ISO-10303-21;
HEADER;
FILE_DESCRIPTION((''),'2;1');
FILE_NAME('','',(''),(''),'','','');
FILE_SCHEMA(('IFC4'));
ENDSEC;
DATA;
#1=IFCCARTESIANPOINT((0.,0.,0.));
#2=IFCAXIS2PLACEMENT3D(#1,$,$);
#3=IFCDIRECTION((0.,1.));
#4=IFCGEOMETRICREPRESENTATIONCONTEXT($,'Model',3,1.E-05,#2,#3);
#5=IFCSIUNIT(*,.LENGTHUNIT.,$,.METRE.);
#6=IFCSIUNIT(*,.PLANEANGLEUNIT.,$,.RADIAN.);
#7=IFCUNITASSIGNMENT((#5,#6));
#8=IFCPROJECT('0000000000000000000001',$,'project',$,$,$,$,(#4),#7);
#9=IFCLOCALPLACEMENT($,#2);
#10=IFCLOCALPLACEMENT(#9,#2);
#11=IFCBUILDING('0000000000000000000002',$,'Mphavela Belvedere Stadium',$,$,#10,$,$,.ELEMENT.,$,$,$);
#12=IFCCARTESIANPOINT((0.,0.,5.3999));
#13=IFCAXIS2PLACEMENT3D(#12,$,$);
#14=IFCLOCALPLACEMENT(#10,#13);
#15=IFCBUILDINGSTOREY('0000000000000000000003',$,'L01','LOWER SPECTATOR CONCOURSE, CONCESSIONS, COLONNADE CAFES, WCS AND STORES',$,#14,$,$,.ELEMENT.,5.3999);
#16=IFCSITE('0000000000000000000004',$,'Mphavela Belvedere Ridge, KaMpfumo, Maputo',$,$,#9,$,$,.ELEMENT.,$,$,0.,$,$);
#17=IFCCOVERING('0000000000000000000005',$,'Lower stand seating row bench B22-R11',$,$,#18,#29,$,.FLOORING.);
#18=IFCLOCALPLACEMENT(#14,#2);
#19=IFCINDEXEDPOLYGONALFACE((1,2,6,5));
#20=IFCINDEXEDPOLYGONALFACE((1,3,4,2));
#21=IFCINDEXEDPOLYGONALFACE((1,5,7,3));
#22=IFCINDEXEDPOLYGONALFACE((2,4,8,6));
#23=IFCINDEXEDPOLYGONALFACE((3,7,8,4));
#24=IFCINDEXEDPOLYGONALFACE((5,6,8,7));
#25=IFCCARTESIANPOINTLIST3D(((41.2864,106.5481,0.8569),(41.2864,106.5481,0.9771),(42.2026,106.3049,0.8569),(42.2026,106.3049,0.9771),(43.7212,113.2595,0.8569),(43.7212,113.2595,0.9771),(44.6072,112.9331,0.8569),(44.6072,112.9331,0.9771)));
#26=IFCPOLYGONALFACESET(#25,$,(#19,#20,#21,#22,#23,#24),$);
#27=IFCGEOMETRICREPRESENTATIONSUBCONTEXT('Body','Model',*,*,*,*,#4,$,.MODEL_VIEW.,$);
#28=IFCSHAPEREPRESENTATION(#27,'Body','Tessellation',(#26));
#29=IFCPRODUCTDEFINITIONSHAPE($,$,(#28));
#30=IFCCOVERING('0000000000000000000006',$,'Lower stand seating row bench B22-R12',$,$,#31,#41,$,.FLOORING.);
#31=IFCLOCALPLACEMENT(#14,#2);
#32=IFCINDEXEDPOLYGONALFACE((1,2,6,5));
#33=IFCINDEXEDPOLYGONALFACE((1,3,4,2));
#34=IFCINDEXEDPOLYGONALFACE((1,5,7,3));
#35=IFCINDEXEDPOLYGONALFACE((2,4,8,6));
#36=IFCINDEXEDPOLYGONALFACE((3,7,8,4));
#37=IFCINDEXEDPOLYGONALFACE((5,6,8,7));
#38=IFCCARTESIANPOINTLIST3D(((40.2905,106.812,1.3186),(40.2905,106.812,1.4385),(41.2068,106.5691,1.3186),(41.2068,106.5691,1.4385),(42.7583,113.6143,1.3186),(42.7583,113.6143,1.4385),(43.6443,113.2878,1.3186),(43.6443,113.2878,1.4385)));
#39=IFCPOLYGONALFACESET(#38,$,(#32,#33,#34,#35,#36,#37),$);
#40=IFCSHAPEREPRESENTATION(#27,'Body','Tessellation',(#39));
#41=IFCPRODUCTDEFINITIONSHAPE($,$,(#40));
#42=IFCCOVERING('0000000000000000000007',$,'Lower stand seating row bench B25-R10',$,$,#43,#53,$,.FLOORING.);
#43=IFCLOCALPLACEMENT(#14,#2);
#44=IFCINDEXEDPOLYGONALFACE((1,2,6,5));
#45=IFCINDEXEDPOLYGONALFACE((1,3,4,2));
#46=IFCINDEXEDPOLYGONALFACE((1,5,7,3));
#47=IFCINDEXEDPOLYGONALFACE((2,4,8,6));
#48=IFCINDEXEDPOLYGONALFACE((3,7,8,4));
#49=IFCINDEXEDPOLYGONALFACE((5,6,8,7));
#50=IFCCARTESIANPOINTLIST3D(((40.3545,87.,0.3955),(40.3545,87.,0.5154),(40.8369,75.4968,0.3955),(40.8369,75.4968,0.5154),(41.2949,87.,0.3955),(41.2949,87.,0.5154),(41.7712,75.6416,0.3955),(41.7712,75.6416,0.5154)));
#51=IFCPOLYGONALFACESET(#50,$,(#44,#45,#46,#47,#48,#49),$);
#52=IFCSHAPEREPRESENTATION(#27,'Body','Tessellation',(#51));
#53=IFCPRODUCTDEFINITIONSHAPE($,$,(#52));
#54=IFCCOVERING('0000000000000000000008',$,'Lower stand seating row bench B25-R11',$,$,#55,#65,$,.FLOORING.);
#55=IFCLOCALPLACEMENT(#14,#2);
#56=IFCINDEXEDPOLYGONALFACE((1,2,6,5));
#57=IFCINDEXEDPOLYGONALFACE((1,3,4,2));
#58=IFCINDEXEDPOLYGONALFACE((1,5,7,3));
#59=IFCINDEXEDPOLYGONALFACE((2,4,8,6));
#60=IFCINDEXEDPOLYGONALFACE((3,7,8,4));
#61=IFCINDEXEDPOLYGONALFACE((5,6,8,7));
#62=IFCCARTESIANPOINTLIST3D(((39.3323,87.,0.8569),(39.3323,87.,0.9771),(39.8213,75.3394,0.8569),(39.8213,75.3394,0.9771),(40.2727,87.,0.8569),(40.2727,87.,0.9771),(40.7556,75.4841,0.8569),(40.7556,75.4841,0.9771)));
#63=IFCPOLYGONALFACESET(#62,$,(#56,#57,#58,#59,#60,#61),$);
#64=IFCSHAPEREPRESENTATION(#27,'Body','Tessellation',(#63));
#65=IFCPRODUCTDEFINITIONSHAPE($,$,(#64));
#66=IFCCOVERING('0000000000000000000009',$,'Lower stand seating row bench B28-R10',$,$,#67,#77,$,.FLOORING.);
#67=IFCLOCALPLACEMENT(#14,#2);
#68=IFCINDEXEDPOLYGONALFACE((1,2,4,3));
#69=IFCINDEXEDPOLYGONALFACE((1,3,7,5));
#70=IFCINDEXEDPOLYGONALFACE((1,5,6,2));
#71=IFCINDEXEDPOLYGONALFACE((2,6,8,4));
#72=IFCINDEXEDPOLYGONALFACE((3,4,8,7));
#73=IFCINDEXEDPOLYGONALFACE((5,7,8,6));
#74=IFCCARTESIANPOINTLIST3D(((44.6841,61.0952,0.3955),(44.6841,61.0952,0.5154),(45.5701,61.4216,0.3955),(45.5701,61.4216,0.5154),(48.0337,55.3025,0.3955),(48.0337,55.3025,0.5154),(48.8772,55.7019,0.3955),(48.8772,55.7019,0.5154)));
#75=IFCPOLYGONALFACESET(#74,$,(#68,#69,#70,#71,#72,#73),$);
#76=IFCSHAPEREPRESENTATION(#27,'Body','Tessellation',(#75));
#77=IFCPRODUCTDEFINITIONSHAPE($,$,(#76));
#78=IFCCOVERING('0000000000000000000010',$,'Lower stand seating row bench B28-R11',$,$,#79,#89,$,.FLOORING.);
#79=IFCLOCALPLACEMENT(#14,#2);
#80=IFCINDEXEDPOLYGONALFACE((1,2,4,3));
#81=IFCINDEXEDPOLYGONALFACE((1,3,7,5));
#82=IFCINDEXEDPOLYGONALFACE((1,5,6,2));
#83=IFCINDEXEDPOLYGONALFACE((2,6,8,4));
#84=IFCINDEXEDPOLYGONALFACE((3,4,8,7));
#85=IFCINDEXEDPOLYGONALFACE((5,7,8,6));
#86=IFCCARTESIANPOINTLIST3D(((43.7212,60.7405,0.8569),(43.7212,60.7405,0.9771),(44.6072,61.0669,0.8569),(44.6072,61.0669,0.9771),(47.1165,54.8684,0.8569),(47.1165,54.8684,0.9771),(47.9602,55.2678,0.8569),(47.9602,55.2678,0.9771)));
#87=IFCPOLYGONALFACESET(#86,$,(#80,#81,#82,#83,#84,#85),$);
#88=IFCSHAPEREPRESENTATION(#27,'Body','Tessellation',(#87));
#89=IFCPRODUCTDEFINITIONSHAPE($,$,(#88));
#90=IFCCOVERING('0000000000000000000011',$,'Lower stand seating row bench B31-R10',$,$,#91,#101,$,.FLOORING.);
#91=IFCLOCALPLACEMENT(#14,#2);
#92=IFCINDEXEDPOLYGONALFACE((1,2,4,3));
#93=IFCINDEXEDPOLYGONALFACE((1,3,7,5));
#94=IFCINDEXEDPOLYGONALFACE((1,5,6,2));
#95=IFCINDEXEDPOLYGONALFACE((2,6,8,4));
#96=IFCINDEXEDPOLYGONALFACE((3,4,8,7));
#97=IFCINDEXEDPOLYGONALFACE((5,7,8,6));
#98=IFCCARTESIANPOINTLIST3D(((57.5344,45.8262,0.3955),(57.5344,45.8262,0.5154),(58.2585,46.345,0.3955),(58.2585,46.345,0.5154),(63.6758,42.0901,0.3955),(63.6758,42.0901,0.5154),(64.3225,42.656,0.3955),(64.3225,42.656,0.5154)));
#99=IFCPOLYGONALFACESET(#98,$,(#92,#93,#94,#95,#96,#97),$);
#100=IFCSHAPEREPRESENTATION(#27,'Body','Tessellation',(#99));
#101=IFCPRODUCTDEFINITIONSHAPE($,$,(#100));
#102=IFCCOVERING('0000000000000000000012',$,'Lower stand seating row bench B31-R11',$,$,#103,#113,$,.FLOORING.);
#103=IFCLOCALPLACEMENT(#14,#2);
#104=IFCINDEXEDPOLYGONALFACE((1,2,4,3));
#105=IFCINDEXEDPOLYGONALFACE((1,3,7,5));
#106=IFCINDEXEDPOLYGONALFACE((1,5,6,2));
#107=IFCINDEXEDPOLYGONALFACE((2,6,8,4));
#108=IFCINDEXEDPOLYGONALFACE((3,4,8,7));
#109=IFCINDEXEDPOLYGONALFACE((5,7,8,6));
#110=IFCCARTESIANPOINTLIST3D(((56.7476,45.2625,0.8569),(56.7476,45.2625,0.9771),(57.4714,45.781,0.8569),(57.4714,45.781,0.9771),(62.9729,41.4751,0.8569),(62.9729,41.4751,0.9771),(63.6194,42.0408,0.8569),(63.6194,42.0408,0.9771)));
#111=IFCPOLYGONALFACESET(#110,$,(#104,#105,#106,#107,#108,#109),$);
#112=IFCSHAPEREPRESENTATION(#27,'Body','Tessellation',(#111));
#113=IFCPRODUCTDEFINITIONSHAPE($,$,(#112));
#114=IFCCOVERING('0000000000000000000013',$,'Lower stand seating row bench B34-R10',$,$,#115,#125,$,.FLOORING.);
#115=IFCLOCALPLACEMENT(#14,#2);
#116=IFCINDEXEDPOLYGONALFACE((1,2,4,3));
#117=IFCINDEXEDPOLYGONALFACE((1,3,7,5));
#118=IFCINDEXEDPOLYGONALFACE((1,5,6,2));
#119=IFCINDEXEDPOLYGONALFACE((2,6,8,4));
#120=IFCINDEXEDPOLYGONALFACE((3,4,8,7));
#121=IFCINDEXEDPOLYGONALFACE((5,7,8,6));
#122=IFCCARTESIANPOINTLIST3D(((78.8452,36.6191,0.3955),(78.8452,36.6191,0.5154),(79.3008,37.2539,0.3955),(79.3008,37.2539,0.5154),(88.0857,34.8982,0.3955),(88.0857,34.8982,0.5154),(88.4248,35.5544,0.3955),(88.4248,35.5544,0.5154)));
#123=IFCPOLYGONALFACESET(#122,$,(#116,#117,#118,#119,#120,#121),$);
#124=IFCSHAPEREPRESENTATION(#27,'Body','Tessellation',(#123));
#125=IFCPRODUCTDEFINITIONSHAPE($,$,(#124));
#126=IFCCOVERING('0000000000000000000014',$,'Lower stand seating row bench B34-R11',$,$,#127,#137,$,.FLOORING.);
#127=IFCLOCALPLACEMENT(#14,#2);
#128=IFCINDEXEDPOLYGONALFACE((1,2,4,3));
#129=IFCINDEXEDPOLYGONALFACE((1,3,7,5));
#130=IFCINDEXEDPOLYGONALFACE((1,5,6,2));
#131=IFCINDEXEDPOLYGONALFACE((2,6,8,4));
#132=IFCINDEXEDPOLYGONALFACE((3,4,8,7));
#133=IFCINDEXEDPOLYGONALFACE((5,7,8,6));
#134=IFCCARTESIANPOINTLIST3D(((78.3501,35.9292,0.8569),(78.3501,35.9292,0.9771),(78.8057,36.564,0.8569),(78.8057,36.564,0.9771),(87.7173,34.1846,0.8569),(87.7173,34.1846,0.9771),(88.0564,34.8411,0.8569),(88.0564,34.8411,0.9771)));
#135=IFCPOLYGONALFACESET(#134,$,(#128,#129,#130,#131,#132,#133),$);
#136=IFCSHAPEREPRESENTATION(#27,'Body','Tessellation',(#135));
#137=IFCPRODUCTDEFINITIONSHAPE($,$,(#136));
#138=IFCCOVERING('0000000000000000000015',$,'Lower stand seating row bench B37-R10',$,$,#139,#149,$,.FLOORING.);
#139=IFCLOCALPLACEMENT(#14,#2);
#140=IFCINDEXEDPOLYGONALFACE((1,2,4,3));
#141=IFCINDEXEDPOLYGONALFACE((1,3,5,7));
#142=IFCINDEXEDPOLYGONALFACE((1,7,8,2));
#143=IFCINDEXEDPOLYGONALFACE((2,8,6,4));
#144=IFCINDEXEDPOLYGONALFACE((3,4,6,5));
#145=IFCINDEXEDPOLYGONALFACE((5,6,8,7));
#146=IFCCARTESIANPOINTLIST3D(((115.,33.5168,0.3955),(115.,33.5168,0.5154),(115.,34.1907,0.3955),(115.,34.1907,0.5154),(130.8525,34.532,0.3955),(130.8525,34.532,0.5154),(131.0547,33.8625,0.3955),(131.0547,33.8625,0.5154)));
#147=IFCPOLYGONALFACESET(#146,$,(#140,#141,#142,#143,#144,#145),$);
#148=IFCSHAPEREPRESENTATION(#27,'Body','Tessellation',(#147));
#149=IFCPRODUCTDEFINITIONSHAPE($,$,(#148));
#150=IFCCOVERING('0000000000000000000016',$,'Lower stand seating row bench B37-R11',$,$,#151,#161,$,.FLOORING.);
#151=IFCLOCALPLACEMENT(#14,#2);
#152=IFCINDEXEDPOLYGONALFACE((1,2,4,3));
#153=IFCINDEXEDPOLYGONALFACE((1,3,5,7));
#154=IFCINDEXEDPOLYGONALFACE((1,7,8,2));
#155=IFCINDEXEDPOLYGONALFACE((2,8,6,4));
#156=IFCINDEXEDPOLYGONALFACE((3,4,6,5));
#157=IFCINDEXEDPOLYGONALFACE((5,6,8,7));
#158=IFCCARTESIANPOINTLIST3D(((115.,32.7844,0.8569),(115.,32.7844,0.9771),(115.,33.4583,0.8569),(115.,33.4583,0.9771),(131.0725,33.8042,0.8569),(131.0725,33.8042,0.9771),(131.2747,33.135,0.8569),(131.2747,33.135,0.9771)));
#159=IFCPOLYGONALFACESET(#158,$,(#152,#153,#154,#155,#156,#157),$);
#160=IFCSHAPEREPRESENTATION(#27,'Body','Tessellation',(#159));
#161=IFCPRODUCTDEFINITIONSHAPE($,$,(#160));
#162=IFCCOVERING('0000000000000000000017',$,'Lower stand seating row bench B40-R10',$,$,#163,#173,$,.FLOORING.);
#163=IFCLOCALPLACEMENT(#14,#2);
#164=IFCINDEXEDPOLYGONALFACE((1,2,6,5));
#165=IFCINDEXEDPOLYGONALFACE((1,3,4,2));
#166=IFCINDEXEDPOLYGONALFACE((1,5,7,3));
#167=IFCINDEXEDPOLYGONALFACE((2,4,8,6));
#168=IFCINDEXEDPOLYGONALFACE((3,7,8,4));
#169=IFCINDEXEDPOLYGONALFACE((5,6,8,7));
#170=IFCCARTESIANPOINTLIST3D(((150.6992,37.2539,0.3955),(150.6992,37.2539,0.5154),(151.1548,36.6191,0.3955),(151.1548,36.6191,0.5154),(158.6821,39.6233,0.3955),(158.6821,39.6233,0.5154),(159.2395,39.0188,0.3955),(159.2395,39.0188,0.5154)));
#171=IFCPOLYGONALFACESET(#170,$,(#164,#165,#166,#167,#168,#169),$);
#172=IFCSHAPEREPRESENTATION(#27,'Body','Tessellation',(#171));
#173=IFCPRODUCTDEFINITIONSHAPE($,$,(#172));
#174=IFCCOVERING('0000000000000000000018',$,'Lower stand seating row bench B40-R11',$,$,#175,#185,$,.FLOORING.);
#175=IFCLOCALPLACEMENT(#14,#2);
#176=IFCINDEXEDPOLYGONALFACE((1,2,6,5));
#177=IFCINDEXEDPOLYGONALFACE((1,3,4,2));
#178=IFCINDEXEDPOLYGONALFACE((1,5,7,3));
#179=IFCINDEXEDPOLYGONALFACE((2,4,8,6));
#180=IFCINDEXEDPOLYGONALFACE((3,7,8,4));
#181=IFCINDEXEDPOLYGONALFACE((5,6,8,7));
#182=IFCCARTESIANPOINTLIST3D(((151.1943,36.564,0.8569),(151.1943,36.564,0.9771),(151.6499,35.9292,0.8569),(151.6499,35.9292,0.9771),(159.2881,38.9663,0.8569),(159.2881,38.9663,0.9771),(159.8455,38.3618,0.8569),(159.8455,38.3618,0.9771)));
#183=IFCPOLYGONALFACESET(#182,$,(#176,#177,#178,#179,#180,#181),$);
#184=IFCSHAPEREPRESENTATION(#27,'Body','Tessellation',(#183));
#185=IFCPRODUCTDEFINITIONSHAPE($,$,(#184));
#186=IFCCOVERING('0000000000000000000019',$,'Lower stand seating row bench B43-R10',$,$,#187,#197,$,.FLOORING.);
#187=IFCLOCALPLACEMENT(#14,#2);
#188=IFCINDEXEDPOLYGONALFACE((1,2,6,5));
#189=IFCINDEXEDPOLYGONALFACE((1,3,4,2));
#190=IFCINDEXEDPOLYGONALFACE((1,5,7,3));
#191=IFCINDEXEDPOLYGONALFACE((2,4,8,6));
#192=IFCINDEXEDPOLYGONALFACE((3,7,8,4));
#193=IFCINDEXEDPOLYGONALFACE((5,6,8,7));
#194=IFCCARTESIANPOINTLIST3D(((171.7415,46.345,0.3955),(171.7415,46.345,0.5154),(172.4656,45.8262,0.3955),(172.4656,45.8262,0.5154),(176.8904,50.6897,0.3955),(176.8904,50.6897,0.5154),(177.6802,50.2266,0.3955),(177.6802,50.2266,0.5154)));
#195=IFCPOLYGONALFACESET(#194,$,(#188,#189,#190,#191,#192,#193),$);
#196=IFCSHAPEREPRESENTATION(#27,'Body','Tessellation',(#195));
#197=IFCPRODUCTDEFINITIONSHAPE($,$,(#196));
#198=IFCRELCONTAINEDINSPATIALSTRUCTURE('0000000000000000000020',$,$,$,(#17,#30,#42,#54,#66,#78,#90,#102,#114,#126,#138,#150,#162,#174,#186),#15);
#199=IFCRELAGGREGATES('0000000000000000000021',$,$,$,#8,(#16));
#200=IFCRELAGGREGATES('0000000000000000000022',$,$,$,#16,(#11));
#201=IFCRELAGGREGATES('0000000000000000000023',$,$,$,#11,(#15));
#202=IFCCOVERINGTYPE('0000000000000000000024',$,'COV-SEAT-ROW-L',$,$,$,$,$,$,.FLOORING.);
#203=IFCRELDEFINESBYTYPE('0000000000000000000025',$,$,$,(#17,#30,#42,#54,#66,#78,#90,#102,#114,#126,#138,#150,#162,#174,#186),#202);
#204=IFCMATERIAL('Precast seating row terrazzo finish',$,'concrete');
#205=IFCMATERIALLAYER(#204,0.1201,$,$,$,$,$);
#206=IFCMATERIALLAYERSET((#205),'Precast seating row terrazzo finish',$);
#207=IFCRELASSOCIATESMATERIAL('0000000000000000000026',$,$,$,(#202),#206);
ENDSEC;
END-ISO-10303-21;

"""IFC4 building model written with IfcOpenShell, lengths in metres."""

from ifc_helpers import new_model, si_unit, direction, frame, origin, place, context, subcontext, project, spatial, polyline, outline, extrude, material, layer, layer_set, type_object, element, save


model = new_model("IFC4")

# Units and contexts
model_context = context("Model", 3, precision=1e-05, world=origin(), true_north=direction((0.0, 1.0)))
body_context = subcontext(model_context, "Body", "Model", "MODEL_VIEW")
ifc_project = project(units=[si_unit("LENGTHUNIT", "METRE"), si_unit("PLANEANGLEUNIT", "RADIAN")], contexts=[model_context])

# Site, building, storey
site_placement = place(None, origin())
site = spatial("IfcSite", under=ifc_project, at=site_placement, Name="Mphavela Belvedere Ridge, KaMpfumo, Maputo", CompositionType="ELEMENT", RefElevation=0.0)
building_placement = place(site_placement, origin())
building = spatial("IfcBuilding", under=site, at=building_placement, Name="Mphavela Belvedere Stadium", CompositionType="ELEMENT")
storey_placement = place(building_placement, frame((0.0, 0.0, 5.3999)))
storey = spatial("IfcBuildingStorey", under=building, at=storey_placement, Name="L01", Description="LOWER SPECTATOR CONCOURSE, CONCESSIONS, COLONNADE CAFES, WCS AND STORES", CompositionType="ELEMENT", Elevation=5.3999)

# Coverings
ifc_material = material(Name="Precast seating row terrazzo finish", Category="concrete")
ifc_layer = layer(ifc_material, 0.1201)
ifc_layer_set = layer_set([ifc_layer], Name="Precast seating row terrazzo finish")
covering_type = type_object("IfcCoveringType", Name="COV-SEAT-ROW-L", PredefinedType="FLOORING", material=ifc_layer_set)
covering_1_placement = place(storey_placement, frame((0.0, 0.0, 0.8569)))
element("IfcCovering", 1, at=covering_1_placement, inside=storey, type_object=covering_type, Name="Lower stand seating row bench B22-R11", PredefinedType="FLOORING", context=body_context, shape_type="SweptSolid", body=[
    extrude(outline(polyline([(44.6072, 112.9331), (42.2026, 106.3049), (41.2864, 106.5481), (43.7212, 113.2595), (44.6072, 112.9331)])), origin(), (0.0, 0.0, 1.0), 0.1201),
])
covering_2_placement = place(storey_placement, frame((0.0, 0.0, 1.3186)))
element("IfcCovering", 2, at=covering_2_placement, inside=storey, type_object=covering_type, Name="Lower stand seating row bench B22-R12", PredefinedType="FLOORING", context=body_context, shape_type="SweptSolid", body=[
    extrude(outline(polyline([(43.6443, 113.2878), (41.2068, 106.5691), (40.2905, 106.812), (42.7583, 113.6143), (43.6443, 113.2878)])), origin(), (0.0, 0.0, 1.0), 0.1199),
])
covering_3_placement = place(storey_placement, frame((0.0, 0.0, 0.3955)))
element("IfcCovering", 3, at=covering_3_placement, inside=storey, type_object=covering_type, Name="Lower stand seating row bench B25-R10", PredefinedType="FLOORING", context=body_context, shape_type="SweptSolid", body=[
    extrude(outline(polyline([(41.2949, 87.0), (41.7712, 75.6416), (40.8369, 75.4968), (40.3545, 87.0), (41.2949, 87.0)])), origin(), (0.0, 0.0, 1.0), 0.1199),
])
covering_4_placement = place(storey_placement, frame((0.0, 0.0, 0.8569)))
element("IfcCovering", 4, at=covering_4_placement, inside=storey, type_object=covering_type, Name="Lower stand seating row bench B25-R11", PredefinedType="FLOORING", context=body_context, shape_type="SweptSolid", body=[
    extrude(outline(polyline([(40.2727, 87.0), (40.7556, 75.4841), (39.8213, 75.3394), (39.3323, 87.0), (40.2727, 87.0)])), origin(), (0.0, 0.0, 1.0), 0.1201),
])
covering_5_placement = place(storey_placement, frame((0.0, 0.0, 0.3955)))
element("IfcCovering", 5, at=covering_5_placement, inside=storey, type_object=covering_type, Name="Lower stand seating row bench B28-R10", PredefinedType="FLOORING", context=body_context, shape_type="SweptSolid", body=[
    extrude(outline(polyline([(45.5701, 61.4216), (48.8772, 55.7019), (48.0337, 55.3025), (44.6841, 61.0952), (45.5701, 61.4216)])), origin(), (0.0, 0.0, 1.0), 0.1199),
])
covering_6_placement = place(storey_placement, frame((0.0, 0.0, 0.8569)))
element("IfcCovering", 6, at=covering_6_placement, inside=storey, type_object=covering_type, Name="Lower stand seating row bench B28-R11", PredefinedType="FLOORING", context=body_context, shape_type="SweptSolid", body=[
    extrude(outline(polyline([(44.6072, 61.0669), (47.9602, 55.2678), (47.1165, 54.8684), (43.7212, 60.7405), (44.6072, 61.0669)])), origin(), (0.0, 0.0, 1.0), 0.1201),
])
covering_7_placement = place(storey_placement, frame((0.0, 0.0, 0.3955)))
element("IfcCovering", 7, at=covering_7_placement, inside=storey, type_object=covering_type, Name="Lower stand seating row bench B31-R10", PredefinedType="FLOORING", context=body_context, shape_type="SweptSolid", body=[
    extrude(outline(polyline([(58.2585, 46.345), (64.3225, 42.656), (63.6758, 42.0901), (57.5344, 45.8262), (58.2585, 46.345)])), origin(), (0.0, 0.0, 1.0), 0.1199),
])
covering_8_placement = place(storey_placement, frame((0.0, 0.0, 0.8569)))
element("IfcCovering", 8, at=covering_8_placement, inside=storey, type_object=covering_type, Name="Lower stand seating row bench B31-R11", PredefinedType="FLOORING", context=body_context, shape_type="SweptSolid", body=[
    extrude(outline(polyline([(57.4714, 45.781), (63.6194, 42.0408), (62.9729, 41.4751), (56.7476, 45.2625), (57.4714, 45.781)])), origin(), (0.0, 0.0, 1.0), 0.1201),
])
covering_9_placement = place(storey_placement, frame((0.0, 0.0, 0.3955)))
element("IfcCovering", 9, at=covering_9_placement, inside=storey, type_object=covering_type, Name="Lower stand seating row bench B34-R10", PredefinedType="FLOORING", context=body_context, shape_type="SweptSolid", body=[
    extrude(outline(polyline([(79.3008, 37.2539), (88.4248, 35.5544), (88.0857, 34.8982), (78.8452, 36.6191), (79.3008, 37.2539)])), origin(), (0.0, 0.0, 1.0), 0.1199),
])
covering_10_placement = place(storey_placement, frame((0.0, 0.0, 0.8569)))
element("IfcCovering", 10, at=covering_10_placement, inside=storey, type_object=covering_type, Name="Lower stand seating row bench B34-R11", PredefinedType="FLOORING", context=body_context, shape_type="SweptSolid", body=[
    extrude(outline(polyline([(78.8057, 36.564), (88.0564, 34.8411), (87.7173, 34.1846), (78.3501, 35.9292), (78.8057, 36.564)])), origin(), (0.0, 0.0, 1.0), 0.1201),
])
covering_11_placement = place(storey_placement, frame((0.0, 0.0, 0.3955)))
element("IfcCovering", 11, at=covering_11_placement, inside=storey, type_object=covering_type, Name="Lower stand seating row bench B37-R10", PredefinedType="FLOORING", context=body_context, shape_type="SweptSolid", body=[
    extrude(outline(polyline([(115.0, 34.1907), (130.8525, 34.532), (131.0547, 33.8625), (115.0, 33.5168), (115.0, 34.1907)])), origin(), (0.0, 0.0, 1.0), 0.1199),
])
covering_12_placement = place(storey_placement, frame((0.0, 0.0, 0.8569)))
element("IfcCovering", 12, at=covering_12_placement, inside=storey, type_object=covering_type, Name="Lower stand seating row bench B37-R11", PredefinedType="FLOORING", context=body_context, shape_type="SweptSolid", body=[
    extrude(outline(polyline([(115.0, 33.4583), (131.0725, 33.8042), (131.2747, 33.135), (115.0, 32.7844), (115.0, 33.4583)])), origin(), (0.0, 0.0, 1.0), 0.1201),
])
covering_13_placement = place(storey_placement, frame((0.0, 0.0, 0.3955)))
element("IfcCovering", 13, at=covering_13_placement, inside=storey, type_object=covering_type, Name="Lower stand seating row bench B40-R10", PredefinedType="FLOORING", context=body_context, shape_type="SweptSolid", body=[
    extrude(outline(polyline([(150.6992, 37.2539), (158.6821, 39.6233), (159.2395, 39.0188), (151.1548, 36.6191), (150.6992, 37.2539)])), origin(), (0.0, 0.0, 1.0), 0.1199),
])
covering_14_placement = place(storey_placement, frame((0.0, 0.0, 0.8569)))
element("IfcCovering", 14, at=covering_14_placement, inside=storey, type_object=covering_type, Name="Lower stand seating row bench B40-R11", PredefinedType="FLOORING", context=body_context, shape_type="SweptSolid", body=[
    extrude(outline(polyline([(151.1943, 36.564), (159.2881, 38.9663), (159.8455, 38.3618), (151.6499, 35.9292), (151.1943, 36.564)])), origin(), (0.0, 0.0, 1.0), 0.1201),
])
covering_15_placement = place(storey_placement, frame((0.0, 0.0, 0.3955)))
element("IfcCovering", 15, at=covering_15_placement, inside=storey, type_object=covering_type, Name="Lower stand seating row bench B43-R10", PredefinedType="FLOORING", context=body_context, shape_type="SweptSolid", body=[
    extrude(outline(polyline([(171.7415, 46.345), (176.8904, 50.6897), (177.6802, 50.2266), (172.4656, 45.8262), (171.7415, 46.345)])), origin(), (0.0, 0.0, 1.0), 0.1199),
])

save(model, "model.ifc")
